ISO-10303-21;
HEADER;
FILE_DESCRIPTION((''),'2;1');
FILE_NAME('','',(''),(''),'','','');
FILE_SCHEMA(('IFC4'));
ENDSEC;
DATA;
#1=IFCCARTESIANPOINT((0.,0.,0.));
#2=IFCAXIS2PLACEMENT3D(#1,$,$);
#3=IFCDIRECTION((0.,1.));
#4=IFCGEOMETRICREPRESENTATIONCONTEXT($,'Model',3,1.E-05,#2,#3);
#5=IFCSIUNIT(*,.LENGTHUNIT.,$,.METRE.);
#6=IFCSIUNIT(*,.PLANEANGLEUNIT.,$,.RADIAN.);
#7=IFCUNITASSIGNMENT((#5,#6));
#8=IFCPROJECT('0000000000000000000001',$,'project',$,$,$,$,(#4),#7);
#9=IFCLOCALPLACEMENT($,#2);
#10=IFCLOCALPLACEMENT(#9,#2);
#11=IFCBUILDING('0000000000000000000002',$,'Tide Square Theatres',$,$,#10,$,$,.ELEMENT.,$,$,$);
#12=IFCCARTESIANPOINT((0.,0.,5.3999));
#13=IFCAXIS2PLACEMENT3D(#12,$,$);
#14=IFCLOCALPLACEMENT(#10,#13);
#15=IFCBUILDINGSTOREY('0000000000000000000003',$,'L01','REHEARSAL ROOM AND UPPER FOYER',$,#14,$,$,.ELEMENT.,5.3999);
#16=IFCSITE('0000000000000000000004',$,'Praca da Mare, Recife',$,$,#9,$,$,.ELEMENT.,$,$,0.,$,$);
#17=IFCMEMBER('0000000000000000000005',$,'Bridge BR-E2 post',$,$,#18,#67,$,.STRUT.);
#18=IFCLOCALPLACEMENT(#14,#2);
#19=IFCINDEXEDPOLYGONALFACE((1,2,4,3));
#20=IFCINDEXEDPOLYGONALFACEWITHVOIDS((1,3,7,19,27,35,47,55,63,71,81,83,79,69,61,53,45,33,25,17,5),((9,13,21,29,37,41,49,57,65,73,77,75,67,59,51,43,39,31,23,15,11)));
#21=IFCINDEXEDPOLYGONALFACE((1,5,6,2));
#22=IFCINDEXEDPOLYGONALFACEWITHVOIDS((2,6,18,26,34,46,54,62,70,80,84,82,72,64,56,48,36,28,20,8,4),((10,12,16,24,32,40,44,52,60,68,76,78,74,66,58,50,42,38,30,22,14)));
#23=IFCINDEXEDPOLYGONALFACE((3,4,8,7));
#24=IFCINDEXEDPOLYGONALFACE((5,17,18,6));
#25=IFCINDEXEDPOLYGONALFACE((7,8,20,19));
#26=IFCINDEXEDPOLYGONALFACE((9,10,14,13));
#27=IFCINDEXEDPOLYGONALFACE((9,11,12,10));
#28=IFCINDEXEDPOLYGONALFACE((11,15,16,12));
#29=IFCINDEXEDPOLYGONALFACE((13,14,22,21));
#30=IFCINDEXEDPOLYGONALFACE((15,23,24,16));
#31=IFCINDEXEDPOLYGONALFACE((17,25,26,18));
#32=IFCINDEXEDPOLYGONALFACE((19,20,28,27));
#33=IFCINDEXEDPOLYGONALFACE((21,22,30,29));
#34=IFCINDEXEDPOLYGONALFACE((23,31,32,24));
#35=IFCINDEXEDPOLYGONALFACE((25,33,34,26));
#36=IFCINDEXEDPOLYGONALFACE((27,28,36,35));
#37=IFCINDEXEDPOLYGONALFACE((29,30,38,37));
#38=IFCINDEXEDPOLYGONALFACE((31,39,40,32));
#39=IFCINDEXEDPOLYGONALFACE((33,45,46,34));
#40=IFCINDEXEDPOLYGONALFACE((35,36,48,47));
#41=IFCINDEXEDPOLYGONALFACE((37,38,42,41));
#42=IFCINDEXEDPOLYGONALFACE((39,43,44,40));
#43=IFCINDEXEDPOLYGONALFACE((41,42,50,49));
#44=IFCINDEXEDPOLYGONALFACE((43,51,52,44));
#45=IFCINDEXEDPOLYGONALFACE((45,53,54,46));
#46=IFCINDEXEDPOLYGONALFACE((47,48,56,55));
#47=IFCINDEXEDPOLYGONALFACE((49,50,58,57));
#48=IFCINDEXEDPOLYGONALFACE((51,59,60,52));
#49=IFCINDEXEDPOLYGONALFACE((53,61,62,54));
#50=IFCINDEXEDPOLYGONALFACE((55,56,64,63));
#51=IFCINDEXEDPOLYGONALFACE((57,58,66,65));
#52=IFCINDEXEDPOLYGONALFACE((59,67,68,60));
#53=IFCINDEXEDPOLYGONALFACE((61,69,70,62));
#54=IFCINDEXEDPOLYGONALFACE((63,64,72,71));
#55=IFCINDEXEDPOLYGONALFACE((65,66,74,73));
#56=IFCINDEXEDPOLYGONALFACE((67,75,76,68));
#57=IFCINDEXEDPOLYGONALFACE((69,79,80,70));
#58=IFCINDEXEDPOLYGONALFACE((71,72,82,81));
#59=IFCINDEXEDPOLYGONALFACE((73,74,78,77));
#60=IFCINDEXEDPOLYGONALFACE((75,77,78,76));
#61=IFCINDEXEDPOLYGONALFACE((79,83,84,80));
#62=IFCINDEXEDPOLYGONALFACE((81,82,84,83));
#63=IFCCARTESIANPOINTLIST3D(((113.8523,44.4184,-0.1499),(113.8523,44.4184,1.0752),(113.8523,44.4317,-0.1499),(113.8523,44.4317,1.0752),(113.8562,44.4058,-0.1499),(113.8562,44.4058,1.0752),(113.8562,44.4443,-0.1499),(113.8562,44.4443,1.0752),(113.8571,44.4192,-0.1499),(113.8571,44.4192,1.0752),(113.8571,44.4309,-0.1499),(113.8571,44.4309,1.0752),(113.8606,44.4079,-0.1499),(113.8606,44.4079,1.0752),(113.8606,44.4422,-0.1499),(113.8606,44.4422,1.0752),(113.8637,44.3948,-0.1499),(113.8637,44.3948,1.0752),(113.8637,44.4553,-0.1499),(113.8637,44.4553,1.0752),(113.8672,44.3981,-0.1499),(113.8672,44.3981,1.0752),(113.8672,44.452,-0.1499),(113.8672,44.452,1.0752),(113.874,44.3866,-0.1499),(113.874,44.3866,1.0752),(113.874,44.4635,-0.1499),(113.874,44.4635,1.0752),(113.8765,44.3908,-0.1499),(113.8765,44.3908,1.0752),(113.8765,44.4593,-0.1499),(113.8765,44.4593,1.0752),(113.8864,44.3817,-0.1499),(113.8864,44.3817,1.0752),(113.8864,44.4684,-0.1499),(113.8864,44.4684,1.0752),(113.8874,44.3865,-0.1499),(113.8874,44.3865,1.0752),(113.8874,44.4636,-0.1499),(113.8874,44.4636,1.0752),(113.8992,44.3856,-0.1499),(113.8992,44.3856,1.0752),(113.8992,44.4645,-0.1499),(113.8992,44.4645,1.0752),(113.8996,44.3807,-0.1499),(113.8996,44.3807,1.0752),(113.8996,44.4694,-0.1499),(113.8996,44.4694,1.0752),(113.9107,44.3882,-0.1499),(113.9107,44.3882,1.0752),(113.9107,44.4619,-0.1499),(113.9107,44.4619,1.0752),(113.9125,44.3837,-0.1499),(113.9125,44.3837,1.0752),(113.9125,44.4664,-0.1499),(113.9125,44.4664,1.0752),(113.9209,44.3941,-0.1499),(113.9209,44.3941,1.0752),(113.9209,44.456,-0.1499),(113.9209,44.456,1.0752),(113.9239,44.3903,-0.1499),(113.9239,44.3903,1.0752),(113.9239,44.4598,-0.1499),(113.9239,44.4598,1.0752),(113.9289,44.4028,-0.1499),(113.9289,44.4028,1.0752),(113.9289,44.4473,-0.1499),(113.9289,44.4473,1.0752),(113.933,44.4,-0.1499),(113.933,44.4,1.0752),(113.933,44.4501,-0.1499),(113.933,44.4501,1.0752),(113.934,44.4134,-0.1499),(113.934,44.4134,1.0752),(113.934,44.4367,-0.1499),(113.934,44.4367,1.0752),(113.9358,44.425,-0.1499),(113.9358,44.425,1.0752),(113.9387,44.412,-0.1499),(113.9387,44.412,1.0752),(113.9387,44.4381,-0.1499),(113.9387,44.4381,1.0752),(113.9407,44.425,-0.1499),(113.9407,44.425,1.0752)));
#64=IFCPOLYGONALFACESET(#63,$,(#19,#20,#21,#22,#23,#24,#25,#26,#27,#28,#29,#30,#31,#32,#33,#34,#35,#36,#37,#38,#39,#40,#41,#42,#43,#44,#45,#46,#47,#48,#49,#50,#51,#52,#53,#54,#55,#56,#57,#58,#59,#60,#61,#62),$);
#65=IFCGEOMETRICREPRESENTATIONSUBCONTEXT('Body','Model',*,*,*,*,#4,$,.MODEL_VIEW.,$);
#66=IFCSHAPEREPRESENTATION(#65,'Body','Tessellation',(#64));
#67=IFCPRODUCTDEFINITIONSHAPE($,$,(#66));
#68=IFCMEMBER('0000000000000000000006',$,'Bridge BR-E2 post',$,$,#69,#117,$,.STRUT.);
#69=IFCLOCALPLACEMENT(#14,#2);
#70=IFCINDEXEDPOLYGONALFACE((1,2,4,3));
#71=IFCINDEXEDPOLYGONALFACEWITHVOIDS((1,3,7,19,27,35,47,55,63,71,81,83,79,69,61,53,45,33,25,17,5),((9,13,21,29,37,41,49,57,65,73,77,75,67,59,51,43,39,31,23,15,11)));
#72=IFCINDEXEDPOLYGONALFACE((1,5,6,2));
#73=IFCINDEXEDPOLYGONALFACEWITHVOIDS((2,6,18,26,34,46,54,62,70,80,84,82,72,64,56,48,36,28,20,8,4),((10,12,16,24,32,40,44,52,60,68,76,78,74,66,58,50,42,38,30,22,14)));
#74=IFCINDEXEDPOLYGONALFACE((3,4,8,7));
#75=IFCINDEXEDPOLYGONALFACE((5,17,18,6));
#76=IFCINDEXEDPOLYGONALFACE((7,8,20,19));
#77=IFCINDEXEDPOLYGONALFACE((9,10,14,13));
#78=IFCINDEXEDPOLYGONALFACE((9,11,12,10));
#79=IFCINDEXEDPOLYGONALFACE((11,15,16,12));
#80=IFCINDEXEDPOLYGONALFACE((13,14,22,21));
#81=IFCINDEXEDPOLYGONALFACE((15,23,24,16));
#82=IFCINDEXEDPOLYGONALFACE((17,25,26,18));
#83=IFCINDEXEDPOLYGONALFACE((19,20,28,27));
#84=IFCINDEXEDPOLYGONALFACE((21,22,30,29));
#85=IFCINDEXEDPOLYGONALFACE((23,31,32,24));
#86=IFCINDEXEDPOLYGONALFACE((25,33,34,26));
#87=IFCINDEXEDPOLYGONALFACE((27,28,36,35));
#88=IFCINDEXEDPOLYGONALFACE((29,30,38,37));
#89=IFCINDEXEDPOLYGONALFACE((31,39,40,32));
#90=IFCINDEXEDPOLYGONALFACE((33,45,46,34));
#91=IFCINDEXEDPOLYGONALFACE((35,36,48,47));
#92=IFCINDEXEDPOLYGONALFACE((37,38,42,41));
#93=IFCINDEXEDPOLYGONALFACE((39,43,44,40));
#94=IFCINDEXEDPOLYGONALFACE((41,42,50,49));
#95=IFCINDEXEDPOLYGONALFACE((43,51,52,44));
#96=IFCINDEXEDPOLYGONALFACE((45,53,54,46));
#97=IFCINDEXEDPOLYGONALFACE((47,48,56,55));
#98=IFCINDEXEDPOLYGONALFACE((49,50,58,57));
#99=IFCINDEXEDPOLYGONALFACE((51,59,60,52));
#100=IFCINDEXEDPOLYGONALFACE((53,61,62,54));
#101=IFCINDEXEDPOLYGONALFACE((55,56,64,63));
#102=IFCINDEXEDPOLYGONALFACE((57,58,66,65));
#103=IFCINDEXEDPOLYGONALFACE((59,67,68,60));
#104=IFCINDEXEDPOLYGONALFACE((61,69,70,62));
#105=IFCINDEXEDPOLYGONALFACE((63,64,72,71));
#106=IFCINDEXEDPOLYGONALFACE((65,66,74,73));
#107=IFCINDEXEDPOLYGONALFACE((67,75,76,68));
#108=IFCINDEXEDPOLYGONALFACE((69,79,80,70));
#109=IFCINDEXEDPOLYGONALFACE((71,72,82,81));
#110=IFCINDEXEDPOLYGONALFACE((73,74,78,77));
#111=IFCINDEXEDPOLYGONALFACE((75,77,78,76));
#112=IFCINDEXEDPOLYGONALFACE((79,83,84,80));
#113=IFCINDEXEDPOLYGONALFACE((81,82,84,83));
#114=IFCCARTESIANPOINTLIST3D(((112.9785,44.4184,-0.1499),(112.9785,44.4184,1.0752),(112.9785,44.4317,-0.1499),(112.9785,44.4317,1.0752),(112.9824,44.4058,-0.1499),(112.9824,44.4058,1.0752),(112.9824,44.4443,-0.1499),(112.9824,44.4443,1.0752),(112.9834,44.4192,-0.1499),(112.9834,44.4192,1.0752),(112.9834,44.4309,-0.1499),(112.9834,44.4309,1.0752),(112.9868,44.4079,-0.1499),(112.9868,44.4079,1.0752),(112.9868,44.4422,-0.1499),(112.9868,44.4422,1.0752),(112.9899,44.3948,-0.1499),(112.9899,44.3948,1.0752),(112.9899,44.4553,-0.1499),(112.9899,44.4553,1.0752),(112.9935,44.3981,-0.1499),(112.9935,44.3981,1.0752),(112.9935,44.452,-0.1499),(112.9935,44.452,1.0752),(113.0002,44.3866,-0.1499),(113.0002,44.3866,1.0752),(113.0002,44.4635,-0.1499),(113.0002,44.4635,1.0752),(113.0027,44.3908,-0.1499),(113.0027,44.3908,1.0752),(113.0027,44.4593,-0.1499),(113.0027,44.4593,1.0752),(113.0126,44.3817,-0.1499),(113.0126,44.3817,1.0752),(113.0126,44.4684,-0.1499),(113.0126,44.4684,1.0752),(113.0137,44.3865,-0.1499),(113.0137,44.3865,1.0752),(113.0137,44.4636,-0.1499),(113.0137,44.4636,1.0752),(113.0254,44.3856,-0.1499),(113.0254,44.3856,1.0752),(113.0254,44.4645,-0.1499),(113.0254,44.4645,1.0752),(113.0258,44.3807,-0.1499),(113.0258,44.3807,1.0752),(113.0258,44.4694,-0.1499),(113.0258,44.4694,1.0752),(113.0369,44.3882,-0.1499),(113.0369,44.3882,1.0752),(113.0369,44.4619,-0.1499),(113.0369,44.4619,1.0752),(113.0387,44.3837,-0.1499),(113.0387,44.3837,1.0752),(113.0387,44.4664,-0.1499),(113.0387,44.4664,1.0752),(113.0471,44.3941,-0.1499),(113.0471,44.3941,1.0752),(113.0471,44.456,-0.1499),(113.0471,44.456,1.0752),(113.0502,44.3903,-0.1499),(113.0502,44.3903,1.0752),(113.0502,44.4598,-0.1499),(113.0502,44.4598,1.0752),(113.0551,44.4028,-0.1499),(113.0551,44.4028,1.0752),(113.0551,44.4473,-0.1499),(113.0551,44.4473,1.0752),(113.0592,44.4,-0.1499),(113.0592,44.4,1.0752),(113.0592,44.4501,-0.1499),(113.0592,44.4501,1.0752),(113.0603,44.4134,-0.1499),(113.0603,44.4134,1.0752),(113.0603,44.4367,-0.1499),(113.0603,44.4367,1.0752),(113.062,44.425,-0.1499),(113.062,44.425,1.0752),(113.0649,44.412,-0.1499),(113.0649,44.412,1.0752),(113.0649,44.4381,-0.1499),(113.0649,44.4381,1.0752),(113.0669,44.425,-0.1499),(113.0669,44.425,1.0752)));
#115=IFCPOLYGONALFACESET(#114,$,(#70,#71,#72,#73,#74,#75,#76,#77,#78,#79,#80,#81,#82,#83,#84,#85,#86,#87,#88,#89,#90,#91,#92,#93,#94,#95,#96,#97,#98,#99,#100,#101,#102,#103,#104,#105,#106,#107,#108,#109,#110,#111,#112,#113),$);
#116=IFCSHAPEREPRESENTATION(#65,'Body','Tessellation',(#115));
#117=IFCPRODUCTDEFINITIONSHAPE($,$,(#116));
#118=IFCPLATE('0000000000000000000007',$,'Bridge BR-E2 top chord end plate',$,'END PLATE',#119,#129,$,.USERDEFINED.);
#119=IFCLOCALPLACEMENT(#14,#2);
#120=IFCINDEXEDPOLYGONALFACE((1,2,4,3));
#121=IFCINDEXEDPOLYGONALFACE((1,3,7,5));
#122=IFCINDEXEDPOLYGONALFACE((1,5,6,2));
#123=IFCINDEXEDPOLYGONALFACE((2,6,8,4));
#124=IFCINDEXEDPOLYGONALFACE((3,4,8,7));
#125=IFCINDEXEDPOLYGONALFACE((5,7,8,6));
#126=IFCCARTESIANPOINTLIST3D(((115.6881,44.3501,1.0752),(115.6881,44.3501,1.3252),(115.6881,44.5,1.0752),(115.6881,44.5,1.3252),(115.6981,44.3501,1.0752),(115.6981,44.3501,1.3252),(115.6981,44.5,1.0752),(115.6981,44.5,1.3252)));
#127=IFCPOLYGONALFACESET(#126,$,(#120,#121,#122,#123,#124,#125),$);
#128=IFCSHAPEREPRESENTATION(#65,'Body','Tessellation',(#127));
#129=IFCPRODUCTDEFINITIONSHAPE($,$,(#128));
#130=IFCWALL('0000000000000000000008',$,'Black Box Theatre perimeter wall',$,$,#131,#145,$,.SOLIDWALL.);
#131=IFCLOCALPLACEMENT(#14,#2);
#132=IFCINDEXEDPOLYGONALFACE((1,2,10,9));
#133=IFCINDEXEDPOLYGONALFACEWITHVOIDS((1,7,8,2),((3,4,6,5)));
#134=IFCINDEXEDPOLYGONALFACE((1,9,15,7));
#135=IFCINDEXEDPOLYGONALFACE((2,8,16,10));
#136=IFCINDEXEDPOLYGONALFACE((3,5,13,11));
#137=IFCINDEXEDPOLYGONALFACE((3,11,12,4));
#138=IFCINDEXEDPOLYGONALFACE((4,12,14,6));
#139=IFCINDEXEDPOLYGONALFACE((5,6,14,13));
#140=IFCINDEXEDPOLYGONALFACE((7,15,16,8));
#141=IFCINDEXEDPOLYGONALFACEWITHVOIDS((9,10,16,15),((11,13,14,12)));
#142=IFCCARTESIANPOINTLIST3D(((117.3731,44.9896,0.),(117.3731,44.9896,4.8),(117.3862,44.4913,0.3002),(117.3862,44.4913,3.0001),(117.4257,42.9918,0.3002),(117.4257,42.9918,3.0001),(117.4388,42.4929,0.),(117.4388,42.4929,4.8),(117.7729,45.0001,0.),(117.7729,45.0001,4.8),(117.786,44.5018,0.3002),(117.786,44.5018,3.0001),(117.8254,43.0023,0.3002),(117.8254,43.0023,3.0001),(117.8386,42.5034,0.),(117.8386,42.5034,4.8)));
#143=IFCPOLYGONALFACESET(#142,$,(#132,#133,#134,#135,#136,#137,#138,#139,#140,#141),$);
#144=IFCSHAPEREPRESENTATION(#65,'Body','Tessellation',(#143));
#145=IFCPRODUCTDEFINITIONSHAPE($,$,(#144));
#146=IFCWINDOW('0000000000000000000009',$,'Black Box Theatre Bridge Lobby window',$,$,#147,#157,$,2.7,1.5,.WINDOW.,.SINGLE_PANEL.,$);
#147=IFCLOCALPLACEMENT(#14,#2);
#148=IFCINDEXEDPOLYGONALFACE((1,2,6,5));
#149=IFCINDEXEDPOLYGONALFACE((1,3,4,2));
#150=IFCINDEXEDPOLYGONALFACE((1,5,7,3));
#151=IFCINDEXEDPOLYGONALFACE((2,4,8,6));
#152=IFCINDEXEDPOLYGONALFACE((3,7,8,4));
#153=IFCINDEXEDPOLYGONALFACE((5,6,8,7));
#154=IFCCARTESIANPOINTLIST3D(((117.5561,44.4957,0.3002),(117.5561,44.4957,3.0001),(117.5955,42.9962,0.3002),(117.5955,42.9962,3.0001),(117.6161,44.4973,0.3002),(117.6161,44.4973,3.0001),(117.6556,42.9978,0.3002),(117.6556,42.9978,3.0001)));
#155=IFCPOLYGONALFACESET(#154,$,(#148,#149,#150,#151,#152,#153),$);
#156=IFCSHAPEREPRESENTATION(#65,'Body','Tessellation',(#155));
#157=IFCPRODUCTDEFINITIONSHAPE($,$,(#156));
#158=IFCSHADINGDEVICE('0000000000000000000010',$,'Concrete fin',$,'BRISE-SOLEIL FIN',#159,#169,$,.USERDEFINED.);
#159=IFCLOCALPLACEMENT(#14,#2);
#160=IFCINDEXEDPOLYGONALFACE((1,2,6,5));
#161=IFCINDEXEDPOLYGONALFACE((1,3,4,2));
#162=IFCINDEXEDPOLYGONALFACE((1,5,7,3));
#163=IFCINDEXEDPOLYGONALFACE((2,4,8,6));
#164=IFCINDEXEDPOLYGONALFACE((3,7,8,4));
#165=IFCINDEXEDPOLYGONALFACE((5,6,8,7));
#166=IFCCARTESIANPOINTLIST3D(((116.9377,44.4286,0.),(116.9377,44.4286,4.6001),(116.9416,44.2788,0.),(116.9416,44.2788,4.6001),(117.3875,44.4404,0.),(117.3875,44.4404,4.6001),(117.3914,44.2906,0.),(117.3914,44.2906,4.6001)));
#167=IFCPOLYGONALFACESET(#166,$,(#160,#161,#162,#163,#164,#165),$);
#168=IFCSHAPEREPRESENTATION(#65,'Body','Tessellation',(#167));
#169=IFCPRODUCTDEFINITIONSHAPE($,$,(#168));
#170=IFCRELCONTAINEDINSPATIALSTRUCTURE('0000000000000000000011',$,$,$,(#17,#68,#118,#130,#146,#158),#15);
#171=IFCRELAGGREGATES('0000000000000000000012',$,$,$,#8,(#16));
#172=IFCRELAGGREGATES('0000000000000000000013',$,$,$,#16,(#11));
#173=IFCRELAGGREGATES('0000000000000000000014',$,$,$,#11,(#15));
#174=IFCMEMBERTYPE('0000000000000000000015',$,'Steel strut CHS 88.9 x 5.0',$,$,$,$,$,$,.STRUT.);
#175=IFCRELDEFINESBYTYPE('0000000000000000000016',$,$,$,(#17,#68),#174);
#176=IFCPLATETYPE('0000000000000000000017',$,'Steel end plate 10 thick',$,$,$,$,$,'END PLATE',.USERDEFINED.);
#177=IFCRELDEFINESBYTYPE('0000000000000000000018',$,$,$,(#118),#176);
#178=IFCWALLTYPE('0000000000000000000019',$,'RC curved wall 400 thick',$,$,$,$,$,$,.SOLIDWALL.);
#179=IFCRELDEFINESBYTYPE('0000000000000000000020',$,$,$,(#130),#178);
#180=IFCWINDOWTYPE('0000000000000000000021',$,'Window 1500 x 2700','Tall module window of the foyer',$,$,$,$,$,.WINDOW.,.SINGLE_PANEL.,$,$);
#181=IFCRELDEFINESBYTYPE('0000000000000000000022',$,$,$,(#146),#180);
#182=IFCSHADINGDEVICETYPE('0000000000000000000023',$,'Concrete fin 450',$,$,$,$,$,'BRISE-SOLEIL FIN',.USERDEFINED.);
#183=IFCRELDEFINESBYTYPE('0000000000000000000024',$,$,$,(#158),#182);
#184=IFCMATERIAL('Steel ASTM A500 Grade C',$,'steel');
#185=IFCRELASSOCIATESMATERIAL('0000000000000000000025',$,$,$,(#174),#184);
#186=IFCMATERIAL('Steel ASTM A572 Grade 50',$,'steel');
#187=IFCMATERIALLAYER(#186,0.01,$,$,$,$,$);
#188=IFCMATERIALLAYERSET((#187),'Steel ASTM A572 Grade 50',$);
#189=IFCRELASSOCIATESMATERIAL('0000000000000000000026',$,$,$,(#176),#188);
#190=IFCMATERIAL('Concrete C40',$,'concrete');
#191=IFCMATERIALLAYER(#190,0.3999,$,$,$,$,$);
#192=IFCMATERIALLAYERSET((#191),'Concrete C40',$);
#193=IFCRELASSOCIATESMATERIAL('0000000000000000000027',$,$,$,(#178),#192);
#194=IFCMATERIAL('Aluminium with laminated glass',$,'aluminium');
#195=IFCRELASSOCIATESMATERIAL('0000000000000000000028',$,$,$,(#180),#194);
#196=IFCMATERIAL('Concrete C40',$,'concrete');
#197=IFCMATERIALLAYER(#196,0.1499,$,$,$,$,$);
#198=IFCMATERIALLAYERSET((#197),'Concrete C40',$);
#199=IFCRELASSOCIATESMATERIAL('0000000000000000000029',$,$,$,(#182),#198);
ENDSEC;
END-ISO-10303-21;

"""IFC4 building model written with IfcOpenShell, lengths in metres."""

from ifc_helpers import new_model, si_unit, direction, frame, frame_2d, origin, origin_2d, place, context, subcontext, project, spatial, rectangle, hollow_circle, extrude, material, layer, layer_set, material_profile, profile_set, type_object, element, fill, save


model = new_model("IFC4")

# Units and contexts
model_context = context("Model", 3, precision=1e-05, world=origin(), true_north=direction((0.0, 1.0)))
body_context = subcontext(model_context, "Body", "Model", "MODEL_VIEW")
ifc_project = project(units=[si_unit("LENGTHUNIT", "METRE"), si_unit("PLANEANGLEUNIT", "RADIAN")], contexts=[model_context])

# Site, building, storey
site_placement = place(None, origin())
site = spatial("IfcSite", under=ifc_project, at=site_placement, Name="Praca da Mare, Recife", CompositionType="ELEMENT", RefElevation=0.0)
building_placement = place(site_placement, origin())
building = spatial("IfcBuilding", under=site, at=building_placement, Name="Tide Square Theatres", CompositionType="ELEMENT")
storey_placement = place(building_placement, frame((0.0, 0.0, 5.3999)))
storey = spatial("IfcBuildingStorey", under=building, at=storey_placement, Name="L01", Description="REHEARSAL ROOM AND UPPER FOYER", CompositionType="ELEMENT", Elevation=5.3999)

# Members
ifc_material_1 = material(Name="Steel ASTM A500 Grade C", Category="steel")
ifc_material_profile_1 = material_profile(ifc_material_1, hollow_circle(Radius=0.0444, WallThickness=0.0049, at=origin_2d()))
ifc_profile_set_1 = profile_set([ifc_material_profile_1], Name="Steel ASTM A500 Grade C")
member_type_1 = type_object("IfcMemberType", Name="Steel strut CHS 88.9 x 5.0", PredefinedType="STRUT", material=ifc_profile_set_1)
for number, where, z_axis, x_axis, name in (
    (1, (113.8962, 44.425, -0.1499), (0.0, 0.0, 1.0), (1.0, 0.0, 0.0), "Bridge BR-E2 post"),
    (2, (113.0225, 44.425, -0.1499), (0.0, 0.0, 1.0), (1.0, 0.0, 0.0), "Bridge BR-E2 post"),
):
    element("IfcMember", number, at=place(storey_placement, frame(where, z_axis=z_axis, x_axis=x_axis)), inside=storey, type_object=member_type_1, Name=name, PredefinedType="STRUT", context=body_context, shape_type="SweptSolid", body=[
        extrude(hollow_circle(Radius=0.0444, WallThickness=0.0049, at=origin_2d()), origin(), (0.0, 0.0, 1.0), 1.2251),
    ])

# Plate
ifc_material_2 = material(Name="Steel ASTM A572 Grade 50", Category="steel")
ifc_layer_1 = layer(ifc_material_2, 0.01)
ifc_layer_set_1 = layer_set([ifc_layer_1], Name="Steel ASTM A572 Grade 50")
plate_type = type_object("IfcPlateType", Name="Steel end plate 10 thick", ElementType="END PLATE", PredefinedType="USERDEFINED", material=ifc_layer_set_1)
plate_placement = place(storey_placement, frame((115.6931, 44.425, 1.0752), z_axis=(0.0, 0.0, 1.0), x_axis=(1.0, 0.0, 0.0)))
element("IfcPlate", 3, at=plate_placement, inside=storey, type_object=plate_type, Name="Bridge BR-E2 top chord end plate", ObjectType="END PLATE", PredefinedType="USERDEFINED", context=body_context, shape_type="SweptSolid", body=[
    extrude(rectangle(XDim=0.01, YDim=0.1499, at=origin_2d()), origin(), (0.0, 0.0, 1.0), 0.25),
])

# Wall, opening, window
ifc_material_3 = material(Name="Concrete C40", Category="concrete")
ifc_layer_2 = layer(ifc_material_3, 0.3999)
ifc_layer_set_2 = layer_set([ifc_layer_2], Name="Concrete C40")
wall_type = type_object("IfcWallType", Name="RC curved wall 400 thick", PredefinedType="SOLIDWALL", material=ifc_layer_set_2)
wall_placement = place(storey_placement, frame((117.573, 44.9949, 0.0), z_axis=(0.0, 0.0, 1.0), x_axis=(0.026296, -0.999654, 0.0)))
wall = element("IfcWall", 4, at=wall_placement, inside=storey, type_object=wall_type, Name="Black Box Theatre perimeter wall", PredefinedType="SOLIDWALL", context=body_context, shape_type="SweptSolid", body=[
    extrude(rectangle(XDim=2.4976, YDim=0.3999, at=frame_2d((1.2488, 0.0))), origin(), (0.0, 0.0, 1.0), 4.8),
])
opening_placement = place(wall_placement, frame((0.4985, 0.0, 0.3)))
opening = element("IfcOpeningElement", 5, at=opening_placement, cuts=wall, PredefinedType="OPENING", context=body_context, shape_type="SweptSolid", body=[
    extrude(rectangle(XDim=1.5, YDim=2.7, at=frame_2d((0.75, 1.3501))), frame((0.0, 0.21, 0.0), z_axis=(0.0, -1.0, 0.0), x_axis=(1.0, 0.0, 0.0)), (0.0, 0.0, 1.0), 0.4199),
])
ifc_material_4 = material(Name="Aluminium with laminated glass", Category="aluminium")
window_type = type_object("IfcWindowType", Name="Window 1500 x 2700", Description="Tall module window of the foyer", PartitioningType="SINGLE_PANEL", PredefinedType="WINDOW", material=ifc_material_4)
window_placement = place(opening_placement, origin())
window = element("IfcWindow", 6, at=window_placement, inside=storey, type_object=window_type, Name="Black Box Theatre Bridge Lobby window", OverallHeight=2.7, OverallWidth=1.5, PartitioningType="SINGLE_PANEL", PredefinedType="WINDOW", context=body_context, shape_type="SweptSolid", body=[
    extrude(rectangle(XDim=1.5, YDim=2.7, at=frame_2d((0.75, 1.3501))), frame((0.0, 0.03, 0.0), z_axis=(0.0, -1.0, 0.0), x_axis=(1.0, 0.0, 0.0)), (0.0, 0.0, 1.0), 0.0601),
])
fill(opening, window)

# Shading device
ifc_material_5 = material(Name="Concrete C40", Category="concrete")
ifc_layer_3 = layer(ifc_material_5, 0.1499)
ifc_layer_set_3 = layer_set([ifc_layer_3], Name="Concrete C40")
shading_device_type = type_object("IfcShadingDeviceType", Name="Concrete fin 450", ElementType="BRISE-SOLEIL FIN", PredefinedType="USERDEFINED", material=ifc_layer_set_3)
shading_device_placement = place(storey_placement, frame((117.1646, 44.3596, 0.0), z_axis=(0.0, 0.0, 1.0), x_axis=(0.026229, -0.999656, 0.0)))
element("IfcShadingDevice", 7, at=shading_device_placement, inside=storey, type_object=shading_device_type, Name="Concrete fin", ObjectType="BRISE-SOLEIL FIN", PredefinedType="USERDEFINED", context=body_context, shape_type="SweptSolid", body=[
    extrude(rectangle(XDim=0.1499, YDim=0.45, at=origin_2d()), origin(), (0.0, 0.0, 1.0), 4.6001),
])

save(model, "model.ifc")
